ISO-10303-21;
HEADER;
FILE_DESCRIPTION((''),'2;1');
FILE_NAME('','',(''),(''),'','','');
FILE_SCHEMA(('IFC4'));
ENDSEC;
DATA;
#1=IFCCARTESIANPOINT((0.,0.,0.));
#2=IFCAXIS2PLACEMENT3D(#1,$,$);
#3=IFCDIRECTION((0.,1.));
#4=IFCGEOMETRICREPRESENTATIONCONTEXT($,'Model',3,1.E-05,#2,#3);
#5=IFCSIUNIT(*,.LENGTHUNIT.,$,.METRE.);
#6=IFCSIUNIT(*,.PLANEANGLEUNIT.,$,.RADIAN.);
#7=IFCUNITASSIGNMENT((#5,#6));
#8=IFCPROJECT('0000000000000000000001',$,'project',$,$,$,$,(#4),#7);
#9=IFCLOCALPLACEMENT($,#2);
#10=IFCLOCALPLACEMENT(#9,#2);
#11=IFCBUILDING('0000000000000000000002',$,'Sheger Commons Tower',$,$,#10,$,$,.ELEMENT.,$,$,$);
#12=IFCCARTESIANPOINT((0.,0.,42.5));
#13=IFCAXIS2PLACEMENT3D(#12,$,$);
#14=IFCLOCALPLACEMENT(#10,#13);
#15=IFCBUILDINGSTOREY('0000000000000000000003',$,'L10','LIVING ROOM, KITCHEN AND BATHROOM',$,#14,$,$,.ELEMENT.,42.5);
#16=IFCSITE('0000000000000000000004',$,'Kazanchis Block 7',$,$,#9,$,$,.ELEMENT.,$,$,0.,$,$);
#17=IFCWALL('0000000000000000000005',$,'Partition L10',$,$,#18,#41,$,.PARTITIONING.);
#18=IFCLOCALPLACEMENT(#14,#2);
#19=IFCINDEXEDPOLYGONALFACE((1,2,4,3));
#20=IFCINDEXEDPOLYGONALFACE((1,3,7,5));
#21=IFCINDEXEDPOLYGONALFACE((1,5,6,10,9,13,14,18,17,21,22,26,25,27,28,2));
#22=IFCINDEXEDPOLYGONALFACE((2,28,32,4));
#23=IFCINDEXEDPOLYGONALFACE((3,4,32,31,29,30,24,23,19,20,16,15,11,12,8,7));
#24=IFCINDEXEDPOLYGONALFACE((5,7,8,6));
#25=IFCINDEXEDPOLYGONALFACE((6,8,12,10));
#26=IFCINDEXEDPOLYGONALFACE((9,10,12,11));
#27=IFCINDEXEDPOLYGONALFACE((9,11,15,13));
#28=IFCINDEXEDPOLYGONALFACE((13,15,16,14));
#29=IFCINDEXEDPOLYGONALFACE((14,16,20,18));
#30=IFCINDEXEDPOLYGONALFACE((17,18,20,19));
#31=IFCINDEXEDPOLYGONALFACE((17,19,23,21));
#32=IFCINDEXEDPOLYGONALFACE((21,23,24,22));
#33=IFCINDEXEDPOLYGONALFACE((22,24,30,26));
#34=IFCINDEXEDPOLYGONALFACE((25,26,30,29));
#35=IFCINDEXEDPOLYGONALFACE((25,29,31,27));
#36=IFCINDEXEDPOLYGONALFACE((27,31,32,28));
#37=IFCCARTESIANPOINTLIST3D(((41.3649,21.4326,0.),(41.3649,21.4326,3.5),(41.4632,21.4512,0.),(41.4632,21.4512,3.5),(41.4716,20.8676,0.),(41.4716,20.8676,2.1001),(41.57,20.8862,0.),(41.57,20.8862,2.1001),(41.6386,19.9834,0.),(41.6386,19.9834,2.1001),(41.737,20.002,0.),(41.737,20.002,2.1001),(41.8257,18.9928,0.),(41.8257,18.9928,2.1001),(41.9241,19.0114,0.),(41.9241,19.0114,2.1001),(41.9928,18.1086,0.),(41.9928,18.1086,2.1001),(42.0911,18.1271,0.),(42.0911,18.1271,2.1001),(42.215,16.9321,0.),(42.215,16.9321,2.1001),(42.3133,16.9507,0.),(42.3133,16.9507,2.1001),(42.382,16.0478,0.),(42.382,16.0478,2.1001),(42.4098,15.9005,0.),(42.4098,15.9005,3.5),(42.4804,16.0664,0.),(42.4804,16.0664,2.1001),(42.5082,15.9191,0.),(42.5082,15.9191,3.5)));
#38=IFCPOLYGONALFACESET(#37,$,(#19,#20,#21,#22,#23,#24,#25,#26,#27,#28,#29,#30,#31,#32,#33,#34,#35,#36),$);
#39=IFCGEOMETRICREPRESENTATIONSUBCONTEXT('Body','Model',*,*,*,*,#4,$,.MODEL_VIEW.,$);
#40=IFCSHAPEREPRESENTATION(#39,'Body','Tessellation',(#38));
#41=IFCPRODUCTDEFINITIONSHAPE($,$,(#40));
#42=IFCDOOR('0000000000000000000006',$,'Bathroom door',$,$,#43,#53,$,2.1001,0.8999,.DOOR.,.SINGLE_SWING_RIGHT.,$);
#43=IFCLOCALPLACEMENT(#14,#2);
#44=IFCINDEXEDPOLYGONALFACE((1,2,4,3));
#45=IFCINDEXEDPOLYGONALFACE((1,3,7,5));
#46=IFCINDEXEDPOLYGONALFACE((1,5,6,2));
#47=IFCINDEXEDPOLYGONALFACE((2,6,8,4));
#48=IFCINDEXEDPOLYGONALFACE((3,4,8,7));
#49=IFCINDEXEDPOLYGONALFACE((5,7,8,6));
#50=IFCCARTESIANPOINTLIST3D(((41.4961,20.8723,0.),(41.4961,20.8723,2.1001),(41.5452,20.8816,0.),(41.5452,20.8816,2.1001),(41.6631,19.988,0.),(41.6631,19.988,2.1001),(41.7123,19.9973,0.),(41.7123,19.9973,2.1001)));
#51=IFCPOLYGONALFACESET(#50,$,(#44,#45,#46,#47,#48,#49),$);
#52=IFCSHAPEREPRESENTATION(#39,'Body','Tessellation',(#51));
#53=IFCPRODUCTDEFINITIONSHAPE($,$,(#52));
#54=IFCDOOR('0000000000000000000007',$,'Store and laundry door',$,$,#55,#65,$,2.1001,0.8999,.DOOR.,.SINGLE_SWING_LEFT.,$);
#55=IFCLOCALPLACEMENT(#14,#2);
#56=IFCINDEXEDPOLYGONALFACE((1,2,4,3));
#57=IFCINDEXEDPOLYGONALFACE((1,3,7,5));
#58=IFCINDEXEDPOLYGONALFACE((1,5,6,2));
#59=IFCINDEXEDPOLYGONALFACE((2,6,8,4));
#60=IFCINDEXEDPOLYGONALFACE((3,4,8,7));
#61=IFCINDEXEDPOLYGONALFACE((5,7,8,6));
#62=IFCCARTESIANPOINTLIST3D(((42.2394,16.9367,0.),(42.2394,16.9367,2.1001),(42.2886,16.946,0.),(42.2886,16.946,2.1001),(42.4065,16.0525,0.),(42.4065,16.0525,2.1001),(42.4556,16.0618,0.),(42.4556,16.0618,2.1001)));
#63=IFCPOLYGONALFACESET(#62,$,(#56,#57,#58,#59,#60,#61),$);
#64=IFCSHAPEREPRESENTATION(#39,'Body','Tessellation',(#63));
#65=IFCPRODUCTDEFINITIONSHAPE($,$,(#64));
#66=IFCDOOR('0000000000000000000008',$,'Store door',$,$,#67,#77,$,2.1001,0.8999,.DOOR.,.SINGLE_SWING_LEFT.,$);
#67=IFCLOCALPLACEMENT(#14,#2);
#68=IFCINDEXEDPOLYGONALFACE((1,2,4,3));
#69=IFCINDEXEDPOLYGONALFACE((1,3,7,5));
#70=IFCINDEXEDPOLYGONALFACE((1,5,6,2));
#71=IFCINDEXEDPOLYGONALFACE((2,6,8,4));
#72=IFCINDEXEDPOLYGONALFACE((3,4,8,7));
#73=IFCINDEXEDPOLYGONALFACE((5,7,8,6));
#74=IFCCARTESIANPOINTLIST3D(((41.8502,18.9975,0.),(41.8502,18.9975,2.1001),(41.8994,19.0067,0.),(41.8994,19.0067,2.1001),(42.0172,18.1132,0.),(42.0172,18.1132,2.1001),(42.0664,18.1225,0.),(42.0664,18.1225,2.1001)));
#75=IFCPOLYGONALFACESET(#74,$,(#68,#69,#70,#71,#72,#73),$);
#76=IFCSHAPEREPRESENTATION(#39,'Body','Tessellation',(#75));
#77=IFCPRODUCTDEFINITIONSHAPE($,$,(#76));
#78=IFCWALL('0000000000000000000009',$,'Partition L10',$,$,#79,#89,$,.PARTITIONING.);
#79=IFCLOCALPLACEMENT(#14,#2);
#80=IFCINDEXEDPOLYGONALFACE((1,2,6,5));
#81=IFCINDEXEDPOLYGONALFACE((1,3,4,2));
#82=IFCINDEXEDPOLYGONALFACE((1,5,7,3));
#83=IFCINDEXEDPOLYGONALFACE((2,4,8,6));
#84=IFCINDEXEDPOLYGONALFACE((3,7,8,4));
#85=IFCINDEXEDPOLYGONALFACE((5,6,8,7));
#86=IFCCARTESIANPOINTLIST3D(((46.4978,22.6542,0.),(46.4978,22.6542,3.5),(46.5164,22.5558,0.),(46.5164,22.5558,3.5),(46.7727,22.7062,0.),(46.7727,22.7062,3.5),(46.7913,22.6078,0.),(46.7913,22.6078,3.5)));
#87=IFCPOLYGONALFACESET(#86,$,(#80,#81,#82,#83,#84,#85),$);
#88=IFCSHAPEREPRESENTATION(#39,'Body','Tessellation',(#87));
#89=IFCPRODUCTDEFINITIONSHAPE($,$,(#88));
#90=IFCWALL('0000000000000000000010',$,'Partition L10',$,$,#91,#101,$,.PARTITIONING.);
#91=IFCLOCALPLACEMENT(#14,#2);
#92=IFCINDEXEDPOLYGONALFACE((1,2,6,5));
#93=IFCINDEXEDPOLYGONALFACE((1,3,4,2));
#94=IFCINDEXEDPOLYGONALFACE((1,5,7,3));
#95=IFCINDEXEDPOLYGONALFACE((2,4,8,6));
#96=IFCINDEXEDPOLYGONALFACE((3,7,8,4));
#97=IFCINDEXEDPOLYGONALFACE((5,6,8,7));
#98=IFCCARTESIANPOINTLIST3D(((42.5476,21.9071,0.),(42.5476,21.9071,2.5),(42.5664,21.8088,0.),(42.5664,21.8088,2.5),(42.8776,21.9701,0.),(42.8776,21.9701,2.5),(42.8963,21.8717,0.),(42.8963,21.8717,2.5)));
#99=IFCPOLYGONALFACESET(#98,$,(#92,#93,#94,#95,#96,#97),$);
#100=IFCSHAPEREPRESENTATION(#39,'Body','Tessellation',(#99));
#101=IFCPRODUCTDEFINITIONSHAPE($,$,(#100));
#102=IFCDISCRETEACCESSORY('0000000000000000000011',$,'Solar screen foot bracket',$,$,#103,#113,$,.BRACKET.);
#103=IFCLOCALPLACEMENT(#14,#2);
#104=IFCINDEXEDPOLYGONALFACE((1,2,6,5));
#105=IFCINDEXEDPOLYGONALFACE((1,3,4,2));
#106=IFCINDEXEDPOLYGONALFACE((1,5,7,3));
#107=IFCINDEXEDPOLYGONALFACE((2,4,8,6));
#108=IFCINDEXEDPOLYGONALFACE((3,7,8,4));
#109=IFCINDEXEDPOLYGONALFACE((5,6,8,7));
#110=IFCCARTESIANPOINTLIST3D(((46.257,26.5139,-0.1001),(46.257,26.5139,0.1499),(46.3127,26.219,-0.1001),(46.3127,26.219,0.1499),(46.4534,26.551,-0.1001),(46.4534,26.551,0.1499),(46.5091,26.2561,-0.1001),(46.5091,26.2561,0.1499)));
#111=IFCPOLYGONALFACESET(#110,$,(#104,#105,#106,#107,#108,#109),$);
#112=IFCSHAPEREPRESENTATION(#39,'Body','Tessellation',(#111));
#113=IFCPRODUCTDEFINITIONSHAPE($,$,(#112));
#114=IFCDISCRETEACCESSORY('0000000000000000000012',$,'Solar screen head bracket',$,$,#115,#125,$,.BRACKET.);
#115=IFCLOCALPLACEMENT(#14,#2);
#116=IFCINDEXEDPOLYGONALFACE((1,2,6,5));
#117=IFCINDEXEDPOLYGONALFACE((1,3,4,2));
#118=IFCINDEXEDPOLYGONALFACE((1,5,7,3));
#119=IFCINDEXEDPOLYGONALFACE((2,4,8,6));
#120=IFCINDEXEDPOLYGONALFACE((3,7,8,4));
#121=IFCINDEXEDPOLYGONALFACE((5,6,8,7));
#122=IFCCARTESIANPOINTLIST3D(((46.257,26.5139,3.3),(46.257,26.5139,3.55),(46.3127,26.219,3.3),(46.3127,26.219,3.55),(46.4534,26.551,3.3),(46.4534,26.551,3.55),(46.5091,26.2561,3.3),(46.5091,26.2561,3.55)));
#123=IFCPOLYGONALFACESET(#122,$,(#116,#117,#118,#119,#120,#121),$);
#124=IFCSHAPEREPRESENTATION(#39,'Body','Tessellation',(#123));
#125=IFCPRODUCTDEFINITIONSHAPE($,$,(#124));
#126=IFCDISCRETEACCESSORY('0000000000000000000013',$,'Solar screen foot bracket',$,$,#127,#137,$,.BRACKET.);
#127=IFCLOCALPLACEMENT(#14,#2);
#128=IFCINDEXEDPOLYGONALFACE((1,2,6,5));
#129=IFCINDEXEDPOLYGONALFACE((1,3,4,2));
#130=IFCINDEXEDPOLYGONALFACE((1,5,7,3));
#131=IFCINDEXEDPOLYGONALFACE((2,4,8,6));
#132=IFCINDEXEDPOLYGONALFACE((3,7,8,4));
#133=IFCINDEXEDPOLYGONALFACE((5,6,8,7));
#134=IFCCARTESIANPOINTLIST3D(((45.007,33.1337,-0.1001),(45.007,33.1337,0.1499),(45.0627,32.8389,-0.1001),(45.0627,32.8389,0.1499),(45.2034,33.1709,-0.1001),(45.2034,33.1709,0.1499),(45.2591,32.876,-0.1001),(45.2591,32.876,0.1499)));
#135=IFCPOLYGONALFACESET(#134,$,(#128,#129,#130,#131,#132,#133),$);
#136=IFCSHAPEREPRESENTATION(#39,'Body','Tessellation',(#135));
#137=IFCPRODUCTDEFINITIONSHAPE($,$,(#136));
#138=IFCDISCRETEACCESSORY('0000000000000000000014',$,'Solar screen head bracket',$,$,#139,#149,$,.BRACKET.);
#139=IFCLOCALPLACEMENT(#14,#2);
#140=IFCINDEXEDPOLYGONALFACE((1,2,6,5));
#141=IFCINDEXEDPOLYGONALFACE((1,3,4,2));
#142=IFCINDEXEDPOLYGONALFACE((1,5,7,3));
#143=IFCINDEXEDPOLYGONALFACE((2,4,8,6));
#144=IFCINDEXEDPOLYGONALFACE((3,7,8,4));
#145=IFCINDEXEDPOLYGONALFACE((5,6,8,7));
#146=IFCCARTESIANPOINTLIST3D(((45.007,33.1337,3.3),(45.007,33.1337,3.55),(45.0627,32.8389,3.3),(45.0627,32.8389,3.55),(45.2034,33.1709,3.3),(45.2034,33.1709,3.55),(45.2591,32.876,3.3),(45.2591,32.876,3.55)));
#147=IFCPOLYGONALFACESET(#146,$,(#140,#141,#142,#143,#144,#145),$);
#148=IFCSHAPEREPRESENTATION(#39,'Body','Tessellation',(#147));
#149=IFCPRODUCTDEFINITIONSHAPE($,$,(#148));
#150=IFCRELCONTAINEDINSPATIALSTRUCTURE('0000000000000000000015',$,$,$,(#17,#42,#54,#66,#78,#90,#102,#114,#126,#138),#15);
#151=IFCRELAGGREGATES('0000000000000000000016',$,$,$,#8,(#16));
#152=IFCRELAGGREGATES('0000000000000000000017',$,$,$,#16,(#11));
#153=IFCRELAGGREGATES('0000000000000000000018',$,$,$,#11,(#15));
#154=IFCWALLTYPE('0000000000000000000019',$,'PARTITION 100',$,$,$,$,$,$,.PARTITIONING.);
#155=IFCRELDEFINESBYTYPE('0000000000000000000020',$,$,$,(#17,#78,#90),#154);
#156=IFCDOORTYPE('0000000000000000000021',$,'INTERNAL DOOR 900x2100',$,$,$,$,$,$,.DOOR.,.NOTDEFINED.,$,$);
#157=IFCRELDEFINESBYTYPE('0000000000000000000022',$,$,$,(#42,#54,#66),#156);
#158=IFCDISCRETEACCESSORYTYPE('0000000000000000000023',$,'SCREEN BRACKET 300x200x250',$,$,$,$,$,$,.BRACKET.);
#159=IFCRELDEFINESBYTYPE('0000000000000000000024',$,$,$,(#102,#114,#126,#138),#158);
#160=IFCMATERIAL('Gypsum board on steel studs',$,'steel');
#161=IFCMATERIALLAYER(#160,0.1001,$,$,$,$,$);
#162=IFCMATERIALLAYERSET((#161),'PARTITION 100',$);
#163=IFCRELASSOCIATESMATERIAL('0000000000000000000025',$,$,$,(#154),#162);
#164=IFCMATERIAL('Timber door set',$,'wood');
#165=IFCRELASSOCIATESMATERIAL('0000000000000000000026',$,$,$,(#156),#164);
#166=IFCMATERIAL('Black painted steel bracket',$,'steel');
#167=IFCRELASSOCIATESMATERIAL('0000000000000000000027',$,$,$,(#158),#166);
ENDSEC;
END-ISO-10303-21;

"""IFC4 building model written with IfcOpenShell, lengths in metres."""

from ifc_helpers import new_model, si_unit, direction, frame, frame_2d, origin, origin_2d, place, context, subcontext, project, spatial, rectangle, extrude, material, layer, layer_set, type_object, element, fill, save


model = new_model("IFC4")

# Units and contexts
model_context = context("Model", 3, precision=1e-05, world=origin(), true_north=direction((0.0, 1.0)))
body_context = subcontext(model_context, "Body", "Model", "MODEL_VIEW")
ifc_project = project(units=[si_unit("LENGTHUNIT", "METRE"), si_unit("PLANEANGLEUNIT", "RADIAN")], contexts=[model_context])

# Site, building, storey
site_placement = place(None, origin())
site = spatial("IfcSite", under=ifc_project, at=site_placement, Name="Kazanchis Block 7", CompositionType="ELEMENT", RefElevation=0.0)
building_placement = place(site_placement, origin())
building = spatial("IfcBuilding", under=site, at=building_placement, Name="Sheger Commons Tower", CompositionType="ELEMENT")
storey_placement = place(building_placement, frame((0.0, 0.0, 42.5)))
storey = spatial("IfcBuildingStorey", under=building, at=storey_placement, Name="L10", Description="LIVING ROOM, KITCHEN AND BATHROOM", CompositionType="ELEMENT", Elevation=42.5)

# Shared definitions
ifc_material_1 = material(Name="Gypsum board on steel studs", Category="steel")
ifc_layer_1 = layer(ifc_material_1, 0.1001)
ifc_layer_set_1 = layer_set([ifc_layer_1], Name="PARTITION 100")
wall_type_1 = type_object("IfcWallType", Name="PARTITION 100", PredefinedType="PARTITIONING", material=ifc_layer_set_1)

# Shared definitions
ifc_material_2 = material(Name="Timber door set", Category="wood")
door_type = type_object("IfcDoorType", Name="INTERNAL DOOR 900x2100", OperationType="NOTDEFINED", PredefinedType="DOOR", material=ifc_material_2)

# Wall, openings, doors
wall_1_placement = place(storey_placement, frame((41.4141, 21.4419, 0.0), z_axis=(0.0, 0.0, 1.0), x_axis=(0.185605, -0.982624, 0.0)))
wall_1 = element("IfcWall", 1, at=wall_1_placement, inside=storey, type_object=wall_type_1, Name="Partition L10", PredefinedType="PARTITIONING", context=body_context, shape_type="SweptSolid", body=[
    extrude(rectangle(XDim=5.6299, YDim=0.1001, at=frame_2d((2.8149, 0.0))), origin(), (0.0, 0.0, 1.0), 3.5),
])
opening_1_placement = place(wall_1_placement, frame((0.575, 0.0, 0.0)))
opening_1 = element("IfcOpeningElement", 2, at=opening_1_placement, cuts=wall_1, PredefinedType="OPENING", context=body_context, shape_type="SweptSolid", body=[
    extrude(rectangle(XDim=0.8999, YDim=2.1001, at=frame_2d((0.45, 1.05))), frame((0.0, 0.0601, 0.0), z_axis=(0.0, -1.0, 0.0), x_axis=(1.0, 0.0, 0.0)), (0.0, 0.0, 1.0), 0.1201),
])
opening_2_placement = place(wall_1_placement, frame((4.5801, 0.0, 0.0)))
opening_2 = element("IfcOpeningElement", 3, at=opening_2_placement, cuts=wall_1, PredefinedType="OPENING", context=body_context, shape_type="SweptSolid", body=[
    extrude(rectangle(XDim=0.8999, YDim=2.1001, at=frame_2d((0.45, 1.05))), frame((0.0, 0.0601, 0.0), z_axis=(0.0, -1.0, 0.0), x_axis=(1.0, 0.0, 0.0)), (0.0, 0.0, 1.0), 0.1201),
])
opening_3_placement = place(wall_1_placement, frame((2.4829, 0.0, 0.0)))
opening_3 = element("IfcOpeningElement", 4, at=opening_3_placement, cuts=wall_1, PredefinedType="OPENING", context=body_context, shape_type="SweptSolid", body=[
    extrude(rectangle(XDim=0.8999, YDim=2.1001, at=frame_2d((0.45, 1.05))), frame((0.0, 0.0601, 0.0), z_axis=(0.0, -1.0, 0.0), x_axis=(1.0, 0.0, 0.0)), (0.0, 0.0, 1.0), 0.1201),
])
door_1_placement = place(opening_1_placement, origin())
door_1 = element("IfcDoor", 5, at=door_1_placement, inside=storey, type_object=door_type, Name="Bathroom door", OperationType="SINGLE_SWING_RIGHT", OverallHeight=2.1001, OverallWidth=0.8999, PredefinedType="DOOR", context=body_context, shape_type="SweptSolid", body=[
    extrude(rectangle(XDim=0.8999, YDim=2.1001, at=frame_2d((0.45, 1.05))), frame((0.0, 0.0249, 0.0), z_axis=(0.0, -1.0, 0.0), x_axis=(1.0, 0.0, 0.0)), (0.0, 0.0, 1.0), 0.05),
])
fill(opening_1, door_1)
door_2_placement = place(opening_2_placement, origin())
door_2 = element("IfcDoor", 6, at=door_2_placement, inside=storey, type_object=door_type, Name="Store and laundry door", OperationType="SINGLE_SWING_LEFT", OverallHeight=2.1001, OverallWidth=0.8999, PredefinedType="DOOR", context=body_context, shape_type="SweptSolid", body=[
    extrude(rectangle(XDim=0.8999, YDim=2.1001, at=frame_2d((0.45, 1.05))), frame((0.0, 0.0249, 0.0), z_axis=(0.0, -1.0, 0.0), x_axis=(1.0, 0.0, 0.0)), (0.0, 0.0, 1.0), 0.05),
])
fill(opening_2, door_2)
door_3_placement = place(opening_3_placement, origin())
door_3 = element("IfcDoor", 7, at=door_3_placement, inside=storey, type_object=door_type, Name="Store door", OperationType="SINGLE_SWING_LEFT", OverallHeight=2.1001, OverallWidth=0.8999, PredefinedType="DOOR", context=body_context, shape_type="SweptSolid", body=[
    extrude(rectangle(XDim=0.8999, YDim=2.1001, at=frame_2d((0.45, 1.05))), frame((0.0, 0.0249, 0.0), z_axis=(0.0, -1.0, 0.0), x_axis=(1.0, 0.0, 0.0)), (0.0, 0.0, 1.0), 0.05),
])
fill(opening_3, door_3)

# Walls
wall_2_placement = place(storey_placement, frame((46.782, 22.657, 0.0), z_axis=(0.0, 0.0, 1.0), x_axis=(-0.982575, -0.185869, 0.0)))
element("IfcWall", 8, at=wall_2_placement, inside=storey, type_object=wall_type_1, Name="Partition L10", PredefinedType="PARTITIONING", context=body_context, shape_type="SweptSolid", body=[
    extrude(rectangle(XDim=0.2798, YDim=0.1001, at=frame_2d((0.1399, 0.0))), origin(), (0.0, 0.0, 1.0), 3.5),
])
wall_3_placement = place(storey_placement, frame((42.887, 21.9209, 0.0), z_axis=(0.0, 0.0, 1.0), x_axis=(-0.982275, -0.187446, 0.0)))
element("IfcWall", 9, at=wall_3_placement, inside=storey, type_object=wall_type_1, Name="Partition L10", PredefinedType="PARTITIONING", context=body_context, shape_type="SweptSolid", body=[
    extrude(rectangle(XDim=0.3359, YDim=0.1001, at=frame_2d((0.168, 0.0))), origin(), (0.0, 0.0, 1.0), 2.5),
])

# Discrete accessories
ifc_material_3 = material(Name="Black painted steel bracket", Category="steel")
discrete_accessory_type = type_object("IfcDiscreteAccessoryType", Name="SCREEN BRACKET 300x200x250", PredefinedType="BRACKET", material=ifc_material_3)
for number, where, z_axis, x_axis, name in (
    (10, (46.3831, 26.385, -0.1001), (0.0, 0.0, 1.0), (-0.185615, 0.982623, 0.0), "Solar screen foot bracket"),
    (11, (46.3831, 26.385, 3.3), (0.0, 0.0, 1.0), (-0.185615, 0.982623, 0.0), "Solar screen head bracket"),
    (12, (45.1331, 33.0049, -0.1001), (0.0, 0.0, 1.0), (-0.185615, 0.982623, 0.0), "Solar screen foot bracket"),
    (13, (45.1331, 33.0049, 3.3), (0.0, 0.0, 1.0), (-0.185615, 0.982623, 0.0), "Solar screen head bracket"),
):
    element("IfcDiscreteAccessory", number, at=place(storey_placement, frame(where, z_axis=z_axis, x_axis=x_axis)), inside=storey, type_object=discrete_accessory_type, Name=name, PredefinedType="BRACKET", context=body_context, shape_type="SweptSolid", body=[
        extrude(rectangle(XDim=0.3, YDim=0.2, at=origin_2d()), origin(), (0.0, 0.0, 1.0), 0.25),
    ])

save(model, "model.ifc")
